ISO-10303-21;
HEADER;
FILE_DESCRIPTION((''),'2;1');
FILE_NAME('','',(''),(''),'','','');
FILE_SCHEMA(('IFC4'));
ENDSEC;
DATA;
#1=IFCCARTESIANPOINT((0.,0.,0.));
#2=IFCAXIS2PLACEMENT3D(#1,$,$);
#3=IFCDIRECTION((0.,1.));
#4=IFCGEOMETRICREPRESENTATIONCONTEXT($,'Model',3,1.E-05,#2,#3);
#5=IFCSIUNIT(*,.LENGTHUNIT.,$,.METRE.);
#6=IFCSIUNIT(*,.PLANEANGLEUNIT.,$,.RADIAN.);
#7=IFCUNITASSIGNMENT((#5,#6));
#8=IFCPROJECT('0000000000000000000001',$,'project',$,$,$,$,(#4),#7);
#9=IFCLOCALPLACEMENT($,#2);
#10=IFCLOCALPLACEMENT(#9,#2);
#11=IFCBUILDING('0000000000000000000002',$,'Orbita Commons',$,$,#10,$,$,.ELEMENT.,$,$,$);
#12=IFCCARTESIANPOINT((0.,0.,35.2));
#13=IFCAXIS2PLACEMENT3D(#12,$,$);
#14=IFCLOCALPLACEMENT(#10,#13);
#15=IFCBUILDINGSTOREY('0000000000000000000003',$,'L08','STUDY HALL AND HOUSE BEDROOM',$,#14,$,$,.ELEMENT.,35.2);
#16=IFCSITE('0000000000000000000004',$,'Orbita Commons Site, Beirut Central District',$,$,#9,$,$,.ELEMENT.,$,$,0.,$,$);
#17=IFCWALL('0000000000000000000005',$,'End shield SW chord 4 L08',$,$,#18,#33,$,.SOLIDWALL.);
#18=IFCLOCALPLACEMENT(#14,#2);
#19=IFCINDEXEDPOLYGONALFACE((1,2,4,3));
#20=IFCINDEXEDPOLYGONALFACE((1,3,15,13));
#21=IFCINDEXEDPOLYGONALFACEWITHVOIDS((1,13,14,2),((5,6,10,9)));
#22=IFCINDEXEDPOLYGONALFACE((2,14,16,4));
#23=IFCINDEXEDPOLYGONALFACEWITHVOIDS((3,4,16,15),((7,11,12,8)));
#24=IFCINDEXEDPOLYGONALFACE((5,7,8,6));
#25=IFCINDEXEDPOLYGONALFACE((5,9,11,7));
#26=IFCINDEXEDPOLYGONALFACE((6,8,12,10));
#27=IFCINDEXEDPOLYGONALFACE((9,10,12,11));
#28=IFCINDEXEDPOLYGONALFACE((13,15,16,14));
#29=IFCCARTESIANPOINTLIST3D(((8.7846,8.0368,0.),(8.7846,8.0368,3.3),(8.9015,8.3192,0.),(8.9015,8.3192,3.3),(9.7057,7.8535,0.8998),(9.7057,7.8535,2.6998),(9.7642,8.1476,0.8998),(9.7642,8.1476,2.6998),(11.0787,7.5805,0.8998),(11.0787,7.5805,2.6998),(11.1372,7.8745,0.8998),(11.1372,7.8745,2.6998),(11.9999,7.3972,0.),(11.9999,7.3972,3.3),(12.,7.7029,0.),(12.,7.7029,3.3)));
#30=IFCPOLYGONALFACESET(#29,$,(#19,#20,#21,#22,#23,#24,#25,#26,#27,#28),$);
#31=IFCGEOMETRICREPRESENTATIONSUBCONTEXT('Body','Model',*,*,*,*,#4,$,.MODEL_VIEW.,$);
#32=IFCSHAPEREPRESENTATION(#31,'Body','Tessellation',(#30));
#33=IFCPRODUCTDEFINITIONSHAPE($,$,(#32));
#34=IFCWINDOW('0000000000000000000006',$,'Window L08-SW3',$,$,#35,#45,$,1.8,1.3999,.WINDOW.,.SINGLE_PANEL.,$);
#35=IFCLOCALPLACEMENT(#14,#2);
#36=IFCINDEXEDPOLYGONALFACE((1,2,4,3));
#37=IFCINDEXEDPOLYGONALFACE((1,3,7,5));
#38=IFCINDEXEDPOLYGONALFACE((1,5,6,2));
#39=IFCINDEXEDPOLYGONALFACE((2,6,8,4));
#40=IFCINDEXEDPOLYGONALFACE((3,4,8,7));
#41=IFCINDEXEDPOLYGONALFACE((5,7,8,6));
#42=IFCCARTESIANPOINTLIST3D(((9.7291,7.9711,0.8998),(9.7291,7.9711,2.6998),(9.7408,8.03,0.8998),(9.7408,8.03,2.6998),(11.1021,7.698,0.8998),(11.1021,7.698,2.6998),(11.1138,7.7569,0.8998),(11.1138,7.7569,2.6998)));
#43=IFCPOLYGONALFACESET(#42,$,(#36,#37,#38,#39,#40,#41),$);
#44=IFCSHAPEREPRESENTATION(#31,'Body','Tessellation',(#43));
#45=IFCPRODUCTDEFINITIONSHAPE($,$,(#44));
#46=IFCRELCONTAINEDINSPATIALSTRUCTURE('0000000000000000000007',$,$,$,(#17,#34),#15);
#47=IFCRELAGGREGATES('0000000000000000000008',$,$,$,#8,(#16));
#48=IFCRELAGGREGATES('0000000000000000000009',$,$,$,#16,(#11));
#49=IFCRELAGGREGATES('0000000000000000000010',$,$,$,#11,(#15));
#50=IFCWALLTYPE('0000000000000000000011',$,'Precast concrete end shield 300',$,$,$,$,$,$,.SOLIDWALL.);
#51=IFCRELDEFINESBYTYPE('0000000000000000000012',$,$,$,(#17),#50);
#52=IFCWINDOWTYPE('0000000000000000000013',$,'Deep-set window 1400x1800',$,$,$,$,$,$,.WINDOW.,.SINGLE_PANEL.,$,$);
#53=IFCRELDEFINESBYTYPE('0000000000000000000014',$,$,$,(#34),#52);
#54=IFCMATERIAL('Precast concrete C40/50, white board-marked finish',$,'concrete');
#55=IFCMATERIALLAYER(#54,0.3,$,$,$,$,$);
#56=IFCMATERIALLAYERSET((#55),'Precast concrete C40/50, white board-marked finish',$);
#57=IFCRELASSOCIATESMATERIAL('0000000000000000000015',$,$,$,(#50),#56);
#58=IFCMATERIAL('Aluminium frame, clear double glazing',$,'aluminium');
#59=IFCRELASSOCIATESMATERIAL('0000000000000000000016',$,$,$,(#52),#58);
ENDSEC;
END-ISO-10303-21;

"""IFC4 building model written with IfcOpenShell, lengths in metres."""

from ifc_helpers import new_model, si_unit, direction, frame, frame_2d, origin, place, context, subcontext, project, spatial, polyline, rectangle, outline, extrude, material, layer, layer_set, type_object, element, fill, save


model = new_model("IFC4")

# Units and contexts
model_context = context("Model", 3, precision=1e-05, world=origin(), true_north=direction((0.0, 1.0)))
body_context = subcontext(model_context, "Body", "Model", "MODEL_VIEW")
ifc_project = project(units=[si_unit("LENGTHUNIT", "METRE"), si_unit("PLANEANGLEUNIT", "RADIAN")], contexts=[model_context])

# Site, building, storey
site_placement = place(None, origin())
site = spatial("IfcSite", under=ifc_project, at=site_placement, Name="Orbita Commons Site, Beirut Central District", CompositionType="ELEMENT", RefElevation=0.0)
building_placement = place(site_placement, origin())
building = spatial("IfcBuilding", under=site, at=building_placement, Name="Orbita Commons", CompositionType="ELEMENT")
storey_placement = place(building_placement, frame((0.0, 0.0, 35.2)))
storey = spatial("IfcBuildingStorey", under=building, at=storey_placement, Name="L08", Description="STUDY HALL AND HOUSE BEDROOM", CompositionType="ELEMENT", Elevation=35.2)

# Wall, opening, window
ifc_material_1 = material(Name="Precast concrete C40/50, white board-marked finish", Category="concrete")
ifc_layer_1 = layer(ifc_material_1, 0.3)
ifc_layer_set_1 = layer_set([ifc_layer_1], Name="Precast concrete C40/50, white board-marked finish")
wall_type_1 = type_object("IfcWallType", Name="Precast concrete end shield 300", PredefinedType="SOLIDWALL", material=ifc_layer_set_1)
ifc_material_2 = material(Name="Aluminium frame, clear double glazing", Category="aluminium")
window_type = type_object("IfcWindowType", Name="Deep-set window 1400x1800", PartitioningType="SINGLE_PANEL", PredefinedType="WINDOW", material=ifc_material_2)
wall_1_placement = place(storey_placement, frame((8.843, 8.178, 0.0), z_axis=(0.0, 0.0, 1.0), x_axis=(0.980787, -0.19508, 0.0)))
wall_1 = element("IfcWall", 1, at=wall_1_placement, inside=storey, type_object=wall_type_1, Name="End shield SW chord 4 L08", PredefinedType="SOLIDWALL", context=body_context, shape_type="SweptSolid", body=[
    extrude(outline(polyline([(-0.0298, -0.1499), (3.2485, -0.1499), (3.189, 0.1499), (0.0298, 0.1499), (-0.0298, -0.1499)])), origin(), (0.0, 0.0, 1.0), 3.3),
])
opening_1_placement = place(wall_1_placement, frame((0.9094, 0.0, 0.8999)))
opening_1 = element("IfcOpeningElement", 2, at=opening_1_placement, cuts=wall_1, PredefinedType="OPENING", context=body_context, shape_type="SweptSolid", body=[
    extrude(rectangle(XDim=1.3999, YDim=1.8, at=frame_2d((0.7, 0.8999))), frame((0.0, 0.1599, 0.0), z_axis=(0.0, -1.0, 0.0), x_axis=(1.0, 0.0, 0.0)), (0.0, 0.0, 1.0), 0.3201),
])
window_1_placement = place(opening_1_placement, origin())
window_1 = element("IfcWindow", 3, at=window_1_placement, inside=storey, type_object=window_type, Name="Window L08-SW3", OverallHeight=1.8, OverallWidth=1.3999, PartitioningType="SINGLE_PANEL", PredefinedType="WINDOW", context=body_context, shape_type="SweptSolid", body=[
    extrude(rectangle(XDim=1.3999, YDim=1.8, at=frame_2d((0.7, 0.8999))), frame((0.0, 0.03, 0.0), z_axis=(0.0, -1.0, 0.0), x_axis=(1.0, 0.0, 0.0)), (0.0, 0.0, 1.0), 0.0601),
])
fill(opening_1, window_1)

save(model, "model.ifc")
